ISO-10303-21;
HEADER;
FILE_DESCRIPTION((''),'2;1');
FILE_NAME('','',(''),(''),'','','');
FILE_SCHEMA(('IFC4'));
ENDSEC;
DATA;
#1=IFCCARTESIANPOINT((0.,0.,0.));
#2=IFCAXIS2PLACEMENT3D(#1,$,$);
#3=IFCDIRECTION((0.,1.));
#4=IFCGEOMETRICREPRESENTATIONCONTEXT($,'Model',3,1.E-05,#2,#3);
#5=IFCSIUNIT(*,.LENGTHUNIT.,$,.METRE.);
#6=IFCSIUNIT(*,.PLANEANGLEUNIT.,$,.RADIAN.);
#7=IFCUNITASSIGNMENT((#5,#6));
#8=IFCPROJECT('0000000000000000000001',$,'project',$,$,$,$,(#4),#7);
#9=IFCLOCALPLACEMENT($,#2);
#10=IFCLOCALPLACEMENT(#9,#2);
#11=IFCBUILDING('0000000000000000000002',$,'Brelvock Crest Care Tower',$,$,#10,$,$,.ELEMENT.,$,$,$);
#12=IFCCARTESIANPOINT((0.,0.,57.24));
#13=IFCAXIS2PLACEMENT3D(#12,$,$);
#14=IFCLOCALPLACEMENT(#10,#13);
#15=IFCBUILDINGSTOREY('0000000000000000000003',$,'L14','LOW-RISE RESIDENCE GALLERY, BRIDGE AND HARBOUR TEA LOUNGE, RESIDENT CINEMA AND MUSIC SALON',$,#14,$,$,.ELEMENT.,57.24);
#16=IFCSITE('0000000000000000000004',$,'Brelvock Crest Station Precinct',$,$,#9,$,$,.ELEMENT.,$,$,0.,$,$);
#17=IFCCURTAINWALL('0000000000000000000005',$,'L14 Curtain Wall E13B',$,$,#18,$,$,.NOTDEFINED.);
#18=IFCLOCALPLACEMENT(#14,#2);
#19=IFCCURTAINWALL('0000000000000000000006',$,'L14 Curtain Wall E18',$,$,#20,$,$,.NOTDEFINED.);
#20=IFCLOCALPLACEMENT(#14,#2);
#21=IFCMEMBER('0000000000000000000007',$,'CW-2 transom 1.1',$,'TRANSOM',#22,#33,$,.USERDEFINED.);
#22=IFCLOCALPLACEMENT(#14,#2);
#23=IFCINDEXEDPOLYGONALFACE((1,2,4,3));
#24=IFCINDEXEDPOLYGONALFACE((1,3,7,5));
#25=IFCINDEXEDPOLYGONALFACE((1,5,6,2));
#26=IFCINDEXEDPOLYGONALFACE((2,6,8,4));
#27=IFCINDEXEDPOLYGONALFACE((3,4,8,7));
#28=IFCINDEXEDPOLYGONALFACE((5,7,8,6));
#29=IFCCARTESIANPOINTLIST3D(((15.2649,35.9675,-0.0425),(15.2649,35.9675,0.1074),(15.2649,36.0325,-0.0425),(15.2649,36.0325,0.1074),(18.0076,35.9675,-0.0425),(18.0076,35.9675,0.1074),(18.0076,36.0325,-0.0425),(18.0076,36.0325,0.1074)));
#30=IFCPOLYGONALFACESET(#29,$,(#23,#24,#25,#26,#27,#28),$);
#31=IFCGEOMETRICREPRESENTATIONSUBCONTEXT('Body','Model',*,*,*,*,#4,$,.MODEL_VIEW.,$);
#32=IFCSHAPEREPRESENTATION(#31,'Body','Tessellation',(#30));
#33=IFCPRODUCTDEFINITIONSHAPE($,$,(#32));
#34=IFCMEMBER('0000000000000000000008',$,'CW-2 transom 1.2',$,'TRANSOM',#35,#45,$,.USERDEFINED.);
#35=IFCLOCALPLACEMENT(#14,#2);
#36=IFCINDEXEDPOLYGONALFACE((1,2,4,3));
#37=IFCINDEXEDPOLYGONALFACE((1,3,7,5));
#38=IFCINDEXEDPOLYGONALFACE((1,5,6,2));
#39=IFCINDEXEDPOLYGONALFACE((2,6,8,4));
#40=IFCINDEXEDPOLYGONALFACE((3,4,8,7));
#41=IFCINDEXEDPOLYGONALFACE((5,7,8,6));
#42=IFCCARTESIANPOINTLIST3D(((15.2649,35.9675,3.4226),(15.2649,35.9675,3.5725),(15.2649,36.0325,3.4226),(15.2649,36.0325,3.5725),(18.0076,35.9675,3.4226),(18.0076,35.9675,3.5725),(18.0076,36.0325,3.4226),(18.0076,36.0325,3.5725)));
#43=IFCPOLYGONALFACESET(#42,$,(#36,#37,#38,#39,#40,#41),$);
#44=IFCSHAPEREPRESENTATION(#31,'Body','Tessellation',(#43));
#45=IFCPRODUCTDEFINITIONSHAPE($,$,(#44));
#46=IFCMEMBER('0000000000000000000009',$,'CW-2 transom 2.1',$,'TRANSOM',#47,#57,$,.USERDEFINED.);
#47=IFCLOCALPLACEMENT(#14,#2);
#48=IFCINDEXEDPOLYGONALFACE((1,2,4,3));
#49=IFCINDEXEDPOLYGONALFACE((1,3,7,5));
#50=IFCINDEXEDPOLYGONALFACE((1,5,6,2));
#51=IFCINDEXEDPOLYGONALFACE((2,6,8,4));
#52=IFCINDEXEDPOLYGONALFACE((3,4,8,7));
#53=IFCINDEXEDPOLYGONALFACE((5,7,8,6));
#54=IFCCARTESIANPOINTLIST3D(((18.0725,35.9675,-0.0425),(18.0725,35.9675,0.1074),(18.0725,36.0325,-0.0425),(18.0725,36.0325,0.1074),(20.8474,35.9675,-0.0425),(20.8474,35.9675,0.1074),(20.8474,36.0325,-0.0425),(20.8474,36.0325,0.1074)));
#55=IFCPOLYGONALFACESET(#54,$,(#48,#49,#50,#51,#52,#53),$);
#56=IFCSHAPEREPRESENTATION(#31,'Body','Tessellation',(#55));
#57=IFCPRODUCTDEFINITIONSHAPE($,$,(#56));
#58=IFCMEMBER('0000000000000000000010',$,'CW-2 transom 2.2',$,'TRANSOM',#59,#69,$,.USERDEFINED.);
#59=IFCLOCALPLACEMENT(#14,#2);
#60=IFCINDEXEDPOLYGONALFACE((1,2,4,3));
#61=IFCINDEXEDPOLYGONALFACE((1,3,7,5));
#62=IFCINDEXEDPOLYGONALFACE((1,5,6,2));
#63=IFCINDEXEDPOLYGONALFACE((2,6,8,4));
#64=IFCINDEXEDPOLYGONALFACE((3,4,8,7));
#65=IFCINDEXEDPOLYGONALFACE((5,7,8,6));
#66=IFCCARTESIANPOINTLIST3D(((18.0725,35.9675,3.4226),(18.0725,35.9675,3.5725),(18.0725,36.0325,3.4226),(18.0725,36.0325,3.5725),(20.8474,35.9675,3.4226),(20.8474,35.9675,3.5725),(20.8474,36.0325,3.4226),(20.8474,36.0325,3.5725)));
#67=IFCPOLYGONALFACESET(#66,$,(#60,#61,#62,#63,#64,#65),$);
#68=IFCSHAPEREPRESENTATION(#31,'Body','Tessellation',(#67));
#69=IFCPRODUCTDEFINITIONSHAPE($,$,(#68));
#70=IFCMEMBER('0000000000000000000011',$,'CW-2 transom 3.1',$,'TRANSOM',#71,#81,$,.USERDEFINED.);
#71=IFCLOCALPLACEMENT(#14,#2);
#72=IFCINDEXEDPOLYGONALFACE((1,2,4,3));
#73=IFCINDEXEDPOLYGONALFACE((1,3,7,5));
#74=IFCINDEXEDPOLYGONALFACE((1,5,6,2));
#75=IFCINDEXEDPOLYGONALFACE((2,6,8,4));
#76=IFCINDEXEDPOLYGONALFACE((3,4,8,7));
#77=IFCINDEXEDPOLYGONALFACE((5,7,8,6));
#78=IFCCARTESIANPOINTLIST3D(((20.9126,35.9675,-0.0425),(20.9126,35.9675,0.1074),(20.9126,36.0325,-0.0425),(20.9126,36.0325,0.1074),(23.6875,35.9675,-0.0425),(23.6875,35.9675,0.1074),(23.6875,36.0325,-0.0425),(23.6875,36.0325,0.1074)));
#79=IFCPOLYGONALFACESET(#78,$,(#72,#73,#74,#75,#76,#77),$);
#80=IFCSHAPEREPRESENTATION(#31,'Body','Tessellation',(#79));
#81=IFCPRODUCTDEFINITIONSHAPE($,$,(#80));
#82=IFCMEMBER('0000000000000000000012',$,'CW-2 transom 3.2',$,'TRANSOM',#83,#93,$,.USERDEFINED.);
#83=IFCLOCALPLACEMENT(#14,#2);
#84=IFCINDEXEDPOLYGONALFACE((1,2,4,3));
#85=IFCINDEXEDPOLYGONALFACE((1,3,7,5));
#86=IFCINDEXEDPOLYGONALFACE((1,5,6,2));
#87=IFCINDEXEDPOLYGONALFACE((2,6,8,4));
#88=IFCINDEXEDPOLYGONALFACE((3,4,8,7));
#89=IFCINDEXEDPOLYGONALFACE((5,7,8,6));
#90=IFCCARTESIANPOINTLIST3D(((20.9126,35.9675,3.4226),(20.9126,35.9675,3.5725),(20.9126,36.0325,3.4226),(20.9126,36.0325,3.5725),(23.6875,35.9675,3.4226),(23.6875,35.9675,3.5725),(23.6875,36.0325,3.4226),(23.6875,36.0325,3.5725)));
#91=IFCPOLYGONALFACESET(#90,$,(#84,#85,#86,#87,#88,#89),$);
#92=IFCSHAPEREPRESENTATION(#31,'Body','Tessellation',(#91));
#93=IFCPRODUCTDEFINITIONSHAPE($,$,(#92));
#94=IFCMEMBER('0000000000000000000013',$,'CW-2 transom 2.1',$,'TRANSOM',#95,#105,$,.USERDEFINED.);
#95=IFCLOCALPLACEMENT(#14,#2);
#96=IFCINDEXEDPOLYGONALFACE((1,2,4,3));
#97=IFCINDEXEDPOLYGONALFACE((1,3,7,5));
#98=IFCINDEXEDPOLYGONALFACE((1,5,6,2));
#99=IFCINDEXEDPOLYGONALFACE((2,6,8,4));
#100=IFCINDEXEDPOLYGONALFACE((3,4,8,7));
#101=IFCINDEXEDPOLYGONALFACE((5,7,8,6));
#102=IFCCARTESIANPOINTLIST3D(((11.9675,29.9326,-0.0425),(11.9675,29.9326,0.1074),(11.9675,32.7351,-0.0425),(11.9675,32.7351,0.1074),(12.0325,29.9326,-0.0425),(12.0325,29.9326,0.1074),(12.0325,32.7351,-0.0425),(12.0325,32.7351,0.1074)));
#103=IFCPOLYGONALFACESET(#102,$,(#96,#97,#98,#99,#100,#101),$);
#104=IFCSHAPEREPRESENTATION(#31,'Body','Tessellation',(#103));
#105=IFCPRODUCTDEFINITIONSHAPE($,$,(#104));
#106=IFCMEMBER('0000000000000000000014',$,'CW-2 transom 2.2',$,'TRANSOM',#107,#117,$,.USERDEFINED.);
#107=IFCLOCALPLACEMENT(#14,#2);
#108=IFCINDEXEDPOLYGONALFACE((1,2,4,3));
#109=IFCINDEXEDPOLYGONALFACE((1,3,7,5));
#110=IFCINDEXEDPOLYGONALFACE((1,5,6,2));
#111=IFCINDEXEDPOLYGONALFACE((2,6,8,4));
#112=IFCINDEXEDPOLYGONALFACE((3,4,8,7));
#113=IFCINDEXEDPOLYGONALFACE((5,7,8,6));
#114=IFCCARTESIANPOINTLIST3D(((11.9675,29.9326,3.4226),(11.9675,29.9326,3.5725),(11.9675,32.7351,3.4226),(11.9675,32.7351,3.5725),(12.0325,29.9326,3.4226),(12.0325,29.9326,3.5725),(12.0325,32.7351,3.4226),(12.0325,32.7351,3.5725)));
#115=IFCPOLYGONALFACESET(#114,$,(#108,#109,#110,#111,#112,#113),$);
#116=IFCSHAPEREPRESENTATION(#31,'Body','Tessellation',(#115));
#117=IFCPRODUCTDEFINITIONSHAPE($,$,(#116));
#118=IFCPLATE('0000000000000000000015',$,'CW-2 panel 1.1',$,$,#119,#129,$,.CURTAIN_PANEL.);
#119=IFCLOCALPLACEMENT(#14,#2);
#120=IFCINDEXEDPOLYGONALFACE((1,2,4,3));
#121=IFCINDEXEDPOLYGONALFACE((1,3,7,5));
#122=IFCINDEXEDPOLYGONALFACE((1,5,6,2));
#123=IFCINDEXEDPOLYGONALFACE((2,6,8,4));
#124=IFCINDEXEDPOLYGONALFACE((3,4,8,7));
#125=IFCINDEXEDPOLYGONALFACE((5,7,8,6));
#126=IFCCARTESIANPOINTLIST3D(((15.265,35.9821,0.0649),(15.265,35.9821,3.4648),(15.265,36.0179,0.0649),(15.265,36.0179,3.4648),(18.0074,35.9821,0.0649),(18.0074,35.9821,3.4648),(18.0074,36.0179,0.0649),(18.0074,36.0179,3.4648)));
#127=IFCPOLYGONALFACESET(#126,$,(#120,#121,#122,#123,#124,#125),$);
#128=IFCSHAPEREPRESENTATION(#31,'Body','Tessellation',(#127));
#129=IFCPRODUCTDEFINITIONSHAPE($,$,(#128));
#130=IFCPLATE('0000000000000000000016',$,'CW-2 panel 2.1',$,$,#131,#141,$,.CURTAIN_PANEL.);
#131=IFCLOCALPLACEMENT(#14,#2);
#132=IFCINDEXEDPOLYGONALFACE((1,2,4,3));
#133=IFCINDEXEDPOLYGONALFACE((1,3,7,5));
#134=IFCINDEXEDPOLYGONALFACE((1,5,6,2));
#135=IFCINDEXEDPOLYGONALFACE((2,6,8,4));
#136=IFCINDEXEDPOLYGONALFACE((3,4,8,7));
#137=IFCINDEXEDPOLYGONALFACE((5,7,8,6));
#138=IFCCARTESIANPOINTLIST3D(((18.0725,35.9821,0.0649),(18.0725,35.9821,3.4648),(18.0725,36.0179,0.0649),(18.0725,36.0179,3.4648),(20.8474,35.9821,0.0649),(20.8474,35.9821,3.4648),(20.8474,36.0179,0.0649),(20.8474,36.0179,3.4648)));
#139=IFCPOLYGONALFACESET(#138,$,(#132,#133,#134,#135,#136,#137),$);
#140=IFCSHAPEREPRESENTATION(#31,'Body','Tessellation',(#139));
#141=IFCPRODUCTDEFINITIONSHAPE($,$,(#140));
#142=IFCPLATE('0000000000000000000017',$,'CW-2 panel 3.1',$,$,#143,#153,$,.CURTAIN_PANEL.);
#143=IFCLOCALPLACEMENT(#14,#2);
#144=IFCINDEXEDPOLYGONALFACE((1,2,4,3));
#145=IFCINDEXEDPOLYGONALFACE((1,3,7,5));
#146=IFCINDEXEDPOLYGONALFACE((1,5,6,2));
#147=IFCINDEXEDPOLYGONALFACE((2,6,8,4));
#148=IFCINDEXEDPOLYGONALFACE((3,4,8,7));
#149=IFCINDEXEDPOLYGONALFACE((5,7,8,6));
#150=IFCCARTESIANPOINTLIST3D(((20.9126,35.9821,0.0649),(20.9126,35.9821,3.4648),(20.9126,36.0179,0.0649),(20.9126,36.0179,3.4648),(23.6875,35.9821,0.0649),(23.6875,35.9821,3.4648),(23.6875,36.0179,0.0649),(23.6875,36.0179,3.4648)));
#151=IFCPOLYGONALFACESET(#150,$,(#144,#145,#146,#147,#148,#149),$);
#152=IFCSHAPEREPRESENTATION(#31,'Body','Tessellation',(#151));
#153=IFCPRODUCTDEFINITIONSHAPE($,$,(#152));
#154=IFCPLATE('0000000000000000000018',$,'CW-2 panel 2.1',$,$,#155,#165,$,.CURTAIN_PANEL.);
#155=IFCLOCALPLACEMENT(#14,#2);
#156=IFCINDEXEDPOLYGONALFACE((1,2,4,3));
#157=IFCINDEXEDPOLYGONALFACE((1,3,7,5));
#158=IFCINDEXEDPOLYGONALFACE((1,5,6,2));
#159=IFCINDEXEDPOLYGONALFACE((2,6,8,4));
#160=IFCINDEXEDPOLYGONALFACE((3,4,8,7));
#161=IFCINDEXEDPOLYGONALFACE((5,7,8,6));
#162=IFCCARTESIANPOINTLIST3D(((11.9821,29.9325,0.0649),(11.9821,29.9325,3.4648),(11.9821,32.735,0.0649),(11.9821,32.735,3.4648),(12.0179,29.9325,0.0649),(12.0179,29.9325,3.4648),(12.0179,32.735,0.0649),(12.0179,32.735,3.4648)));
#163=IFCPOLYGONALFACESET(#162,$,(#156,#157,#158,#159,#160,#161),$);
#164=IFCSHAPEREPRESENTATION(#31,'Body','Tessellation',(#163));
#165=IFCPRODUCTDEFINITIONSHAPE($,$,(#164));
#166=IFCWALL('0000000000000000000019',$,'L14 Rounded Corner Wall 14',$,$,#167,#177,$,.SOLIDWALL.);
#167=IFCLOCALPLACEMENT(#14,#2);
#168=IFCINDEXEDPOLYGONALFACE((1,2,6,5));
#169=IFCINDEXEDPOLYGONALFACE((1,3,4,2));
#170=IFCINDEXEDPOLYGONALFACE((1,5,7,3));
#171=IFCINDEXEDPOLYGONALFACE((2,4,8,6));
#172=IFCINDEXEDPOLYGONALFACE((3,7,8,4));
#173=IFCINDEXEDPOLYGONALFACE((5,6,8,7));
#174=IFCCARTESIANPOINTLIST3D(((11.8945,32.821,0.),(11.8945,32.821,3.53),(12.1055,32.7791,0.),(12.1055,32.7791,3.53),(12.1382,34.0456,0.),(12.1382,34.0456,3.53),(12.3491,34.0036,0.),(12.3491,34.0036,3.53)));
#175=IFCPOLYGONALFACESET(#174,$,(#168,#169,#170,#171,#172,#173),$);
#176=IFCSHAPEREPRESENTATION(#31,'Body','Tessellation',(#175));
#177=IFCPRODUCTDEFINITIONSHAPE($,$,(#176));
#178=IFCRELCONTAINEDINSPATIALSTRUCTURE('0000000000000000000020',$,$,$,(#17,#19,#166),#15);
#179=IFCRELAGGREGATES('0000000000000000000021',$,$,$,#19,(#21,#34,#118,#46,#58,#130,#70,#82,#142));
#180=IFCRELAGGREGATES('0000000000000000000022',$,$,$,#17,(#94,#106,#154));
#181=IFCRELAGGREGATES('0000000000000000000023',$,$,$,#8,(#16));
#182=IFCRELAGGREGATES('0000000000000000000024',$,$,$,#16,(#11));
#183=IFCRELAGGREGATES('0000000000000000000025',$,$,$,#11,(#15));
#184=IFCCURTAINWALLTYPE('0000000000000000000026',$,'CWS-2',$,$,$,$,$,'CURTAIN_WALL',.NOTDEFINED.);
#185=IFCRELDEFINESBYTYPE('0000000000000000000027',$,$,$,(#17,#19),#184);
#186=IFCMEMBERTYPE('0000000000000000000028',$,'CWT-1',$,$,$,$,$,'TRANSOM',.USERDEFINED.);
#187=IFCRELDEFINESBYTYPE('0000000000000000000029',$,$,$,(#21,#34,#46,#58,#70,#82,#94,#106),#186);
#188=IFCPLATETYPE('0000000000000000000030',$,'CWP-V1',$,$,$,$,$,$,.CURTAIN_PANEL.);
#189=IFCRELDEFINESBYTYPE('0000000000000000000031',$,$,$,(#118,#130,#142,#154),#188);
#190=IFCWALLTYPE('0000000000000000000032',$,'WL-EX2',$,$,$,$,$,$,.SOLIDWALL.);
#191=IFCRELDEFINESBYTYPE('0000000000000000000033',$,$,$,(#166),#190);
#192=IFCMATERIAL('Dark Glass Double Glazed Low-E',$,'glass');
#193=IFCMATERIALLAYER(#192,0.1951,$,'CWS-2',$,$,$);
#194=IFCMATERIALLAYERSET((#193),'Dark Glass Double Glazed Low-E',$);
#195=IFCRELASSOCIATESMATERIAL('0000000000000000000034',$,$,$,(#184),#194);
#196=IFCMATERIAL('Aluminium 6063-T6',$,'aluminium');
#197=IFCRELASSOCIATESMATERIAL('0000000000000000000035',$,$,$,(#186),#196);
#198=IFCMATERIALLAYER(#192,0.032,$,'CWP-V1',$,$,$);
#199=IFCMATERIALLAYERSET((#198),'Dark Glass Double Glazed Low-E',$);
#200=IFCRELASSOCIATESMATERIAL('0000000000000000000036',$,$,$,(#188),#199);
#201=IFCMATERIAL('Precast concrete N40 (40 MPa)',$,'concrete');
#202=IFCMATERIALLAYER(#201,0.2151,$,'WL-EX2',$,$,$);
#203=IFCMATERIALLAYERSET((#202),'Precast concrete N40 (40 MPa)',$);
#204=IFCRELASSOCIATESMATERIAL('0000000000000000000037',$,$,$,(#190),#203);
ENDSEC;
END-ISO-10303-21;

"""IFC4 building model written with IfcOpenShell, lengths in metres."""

from ifc_helpers import new_model, si_unit, direction, frame, frame_2d, origin, origin_2d, place, context, subcontext, project, spatial, rectangle, extrude, source, transform, mapped, material, layer, layer_set, material_profile, profile_set, type_object, element, aggregate, save


model = new_model("IFC4")

# Units and contexts
model_context = context("Model", 3, precision=1e-05, world=origin(), true_north=direction((0.0, 1.0)))
body_context = subcontext(model_context, "Body", "Model", "MODEL_VIEW")
ifc_project = project(units=[si_unit("LENGTHUNIT", "METRE"), si_unit("PLANEANGLEUNIT", "RADIAN")], contexts=[model_context])

# Site, building, storey
site_placement = place(None, origin())
site = spatial("IfcSite", under=ifc_project, at=site_placement, Name="Brelvock Crest Station Precinct", CompositionType="ELEMENT", RefElevation=0.0)
building_placement = place(site_placement, origin())
building = spatial("IfcBuilding", under=site, at=building_placement, Name="Brelvock Crest Care Tower", CompositionType="ELEMENT")
storey_placement = place(building_placement, frame((0.0, 0.0, 57.24)))
storey = spatial("IfcBuildingStorey", under=building, at=storey_placement, Name="L14", Description="LOW-RISE RESIDENCE GALLERY, BRIDGE AND HARBOUR TEA LOUNGE, RESIDENT CINEMA AND MUSIC SALON", CompositionType="ELEMENT", Elevation=57.24)

# Curtain walls, members
ifc_material_1 = material(Name="Dark Glass Double Glazed Low-E", Category="glass")
ifc_layer_1 = layer(ifc_material_1, 0.1951, Name="CWS-2")
ifc_layer_set_1 = layer_set([ifc_layer_1], Name="Dark Glass Double Glazed Low-E")
curtain_wall_type = type_object("IfcCurtainWallType", Name="CWS-2", ElementType="CURTAIN_WALL", PredefinedType="NOTDEFINED", material=ifc_layer_set_1)
curtain_wall_1_placement = place(storey_placement, origin())
curtain_wall_1 = element("IfcCurtainWall", 1, at=curtain_wall_1_placement, inside=storey, type_object=curtain_wall_type, Name="L14 Curtain Wall E13B", PredefinedType="NOTDEFINED")
ifc_material_2 = material(Name="Aluminium 6063-T6", Category="aluminium")
curtain_wall_2_placement = place(storey_placement, origin())
curtain_wall_2 = element("IfcCurtainWall", 2, at=curtain_wall_2_placement, inside=storey, type_object=curtain_wall_type, Name="L14 Curtain Wall E18", PredefinedType="NOTDEFINED")
ifc_material_profile_1 = material_profile(ifc_material_2, rectangle(XDim=0.0649, YDim=0.1499, at=origin_2d()), Name="ALU65x150")
ifc_profile_set_1 = profile_set([ifc_material_profile_1], Name="Aluminium 6063-T6")
member_type_1 = type_object("IfcMemberType", Name="CWT-1", ElementType="TRANSOM", PredefinedType="USERDEFINED", material=ifc_profile_set_1)
shared_shape_1 = source(origin(), body_context, "Body", "SweptSolid", [
    extrude(rectangle(XDim=0.0649, YDim=0.1499, at=origin_2d()), origin(), (0.0, 0.0, 1.0), 2.7427),
])
member_1_placement = place(storey_placement, frame((15.2649, 36.0, 0.0325), z_axis=(1.0, 0.0, 0.0), x_axis=(0.0, 1.0, 0.0)))
member_1 = element("IfcMember", 3, at=member_1_placement, type_object=member_type_1, Name="CW-2 transom 1.1", ObjectType="TRANSOM", PredefinedType="USERDEFINED", context=body_context, shape_type="MappedRepresentation", body=[
    mapped(shared_shape_1, transform((0.0, 0.0, 0.0), x_axis=(1.0, 0.0, 0.0), y_axis=(0.0, 1.0, 0.0), z_axis=(0.0, 0.0, 1.0), scale=1.0)),
])
member_2_placement = place(storey_placement, frame((15.2649, 36.0, 3.4976), z_axis=(1.0, 0.0, 0.0), x_axis=(0.0, 1.0, 0.0)))
member_2 = element("IfcMember", 4, at=member_2_placement, type_object=member_type_1, Name="CW-2 transom 1.2", ObjectType="TRANSOM", PredefinedType="USERDEFINED", context=body_context, shape_type="MappedRepresentation", body=[
    mapped(shared_shape_1, transform((0.0, 0.0, 0.0), x_axis=(1.0, 0.0, 0.0), y_axis=(0.0, 1.0, 0.0), z_axis=(0.0, 0.0, 1.0), scale=1.0)),
])
shared_shape_2 = source(origin(), body_context, "Body", "SweptSolid", [
    extrude(rectangle(XDim=0.0649, YDim=0.1499, at=origin_2d()), origin(), (0.0, 0.0, 1.0), 2.7749),
])
member_3_placement = place(storey_placement, frame((18.0725, 36.0, 0.0325), z_axis=(1.0, 0.0, 0.0), x_axis=(0.0, 1.0, 0.0)))
member_3 = element("IfcMember", 5, at=member_3_placement, type_object=member_type_1, Name="CW-2 transom 2.1", ObjectType="TRANSOM", PredefinedType="USERDEFINED", context=body_context, shape_type="MappedRepresentation", body=[
    mapped(shared_shape_2, transform((0.0, 0.0, 0.0), x_axis=(1.0, 0.0, 0.0), y_axis=(0.0, 1.0, 0.0), z_axis=(0.0, 0.0, 1.0), scale=1.0)),
])
member_4_placement = place(storey_placement, frame((18.0725, 36.0, 3.4976), z_axis=(1.0, 0.0, 0.0), x_axis=(0.0, 1.0, 0.0)))
member_4 = element("IfcMember", 6, at=member_4_placement, type_object=member_type_1, Name="CW-2 transom 2.2", ObjectType="TRANSOM", PredefinedType="USERDEFINED", context=body_context, shape_type="MappedRepresentation", body=[
    mapped(shared_shape_2, transform((0.0, 0.0, 0.0), x_axis=(1.0, 0.0, 0.0), y_axis=(0.0, 1.0, 0.0), z_axis=(0.0, 0.0, 1.0), scale=1.0)),
])
member_5_placement = place(storey_placement, frame((20.9126, 36.0, 0.0325), z_axis=(1.0, 0.0, 0.0), x_axis=(0.0, 1.0, 0.0)))
member_5 = element("IfcMember", 7, at=member_5_placement, type_object=member_type_1, Name="CW-2 transom 3.1", ObjectType="TRANSOM", PredefinedType="USERDEFINED", context=body_context, shape_type="MappedRepresentation", body=[
    mapped(shared_shape_2, transform((0.0, 0.0, 0.0), x_axis=(1.0, 0.0, 0.0), y_axis=(0.0, 1.0, 0.0), z_axis=(0.0, 0.0, 1.0), scale=1.0)),
])
member_6_placement = place(storey_placement, frame((20.9126, 36.0, 3.4976), z_axis=(1.0, 0.0, 0.0), x_axis=(0.0, 1.0, 0.0)))
member_6 = element("IfcMember", 8, at=member_6_placement, type_object=member_type_1, Name="CW-2 transom 3.2", ObjectType="TRANSOM", PredefinedType="USERDEFINED", context=body_context, shape_type="MappedRepresentation", body=[
    mapped(shared_shape_2, transform((0.0, 0.0, 0.0), x_axis=(1.0, 0.0, 0.0), y_axis=(0.0, 1.0, 0.0), z_axis=(0.0, 0.0, 1.0), scale=1.0)),
])

# Members
shared_shape_3 = source(origin(), body_context, "Body", "SweptSolid", [
    extrude(rectangle(XDim=0.0649, YDim=0.1499, at=origin_2d()), origin(), (0.0, 0.0, 1.0), 2.8025),
])
member_7_placement = place(storey_placement, frame((12.0, 29.9326, 0.0325), z_axis=(0.0, 1.0, 0.0), x_axis=(-1.0, 0.0, 0.0)))
member_7 = element("IfcMember", 9, at=member_7_placement, type_object=member_type_1, Name="CW-2 transom 2.1", ObjectType="TRANSOM", PredefinedType="USERDEFINED", context=body_context, shape_type="MappedRepresentation", body=[
    mapped(shared_shape_3, transform((0.0, 0.0, 0.0), x_axis=(1.0, 0.0, 0.0), y_axis=(0.0, 1.0, 0.0), z_axis=(0.0, 0.0, 1.0), scale=1.0)),
])
member_8_placement = place(storey_placement, frame((12.0, 29.9326, 3.4976), z_axis=(0.0, 1.0, 0.0), x_axis=(-1.0, 0.0, 0.0)))
member_8 = element("IfcMember", 10, at=member_8_placement, type_object=member_type_1, Name="CW-2 transom 2.2", ObjectType="TRANSOM", PredefinedType="USERDEFINED", context=body_context, shape_type="MappedRepresentation", body=[
    mapped(shared_shape_3, transform((0.0, 0.0, 0.0), x_axis=(1.0, 0.0, 0.0), y_axis=(0.0, 1.0, 0.0), z_axis=(0.0, 0.0, 1.0), scale=1.0)),
])

# Plates
ifc_layer_2 = layer(ifc_material_1, 0.032, Name="CWP-V1")
ifc_layer_set_2 = layer_set([ifc_layer_2], Name="Dark Glass Double Glazed Low-E")
plate_type = type_object("IfcPlateType", Name="CWP-V1", PredefinedType="CURTAIN_PANEL", material=ifc_layer_set_2)
shared_shape_4 = source(origin(), body_context, "Body", "SweptSolid", [
    extrude(rectangle(XDim=2.7424, YDim=0.0359, at=origin_2d()), origin(), (0.0, 0.0, 1.0), 3.3999),
])
plate_1_placement = place(storey_placement, frame((16.6362, 36.0, 0.0649), z_axis=(0.0, 0.0, 1.0), x_axis=(1.0, 0.0, 0.0)))
plate_1 = element("IfcPlate", 11, at=plate_1_placement, type_object=plate_type, Name="CW-2 panel 1.1", PredefinedType="CURTAIN_PANEL", context=body_context, shape_type="MappedRepresentation", body=[
    mapped(shared_shape_4, transform((0.0, 0.0, 0.0), x_axis=(1.0, 0.0, 0.0), y_axis=(0.0, 1.0, 0.0), z_axis=(0.0, 0.0, 1.0), scale=1.0)),
])
shared_shape_5 = source(origin(), body_context, "Body", "SweptSolid", [
    extrude(rectangle(XDim=2.7749, YDim=0.0359, at=origin_2d()), origin(), (0.0, 0.0, 1.0), 3.3999),
])
plate_2_placement = place(storey_placement, frame((19.46, 36.0, 0.0649), z_axis=(0.0, 0.0, 1.0), x_axis=(1.0, 0.0, 0.0)))
plate_2 = element("IfcPlate", 12, at=plate_2_placement, type_object=plate_type, Name="CW-2 panel 2.1", PredefinedType="CURTAIN_PANEL", context=body_context, shape_type="MappedRepresentation", body=[
    mapped(shared_shape_5, transform((0.0, 0.0, 0.0), x_axis=(1.0, 0.0, 0.0), y_axis=(0.0, 1.0, 0.0), z_axis=(0.0, 0.0, 1.0), scale=1.0)),
])
plate_3_placement = place(storey_placement, frame((22.3, 36.0, 0.0649), z_axis=(0.0, 0.0, 1.0), x_axis=(1.0, 0.0, 0.0)))
plate_3 = element("IfcPlate", 13, at=plate_3_placement, type_object=plate_type, Name="CW-2 panel 3.1", PredefinedType="CURTAIN_PANEL", context=body_context, shape_type="MappedRepresentation", body=[
    mapped(shared_shape_5, transform((0.0, 0.0, 0.0), x_axis=(1.0, 0.0, 0.0), y_axis=(0.0, 1.0, 0.0), z_axis=(0.0, 0.0, 1.0), scale=1.0)),
])
aggregate(curtain_wall_2, [member_1, member_2, plate_1, member_3, member_4, plate_2, member_5, member_6, plate_3])
shared_shape_6 = source(origin(), body_context, "Body", "SweptSolid", [
    extrude(rectangle(XDim=2.8025, YDim=0.0359, at=origin_2d()), origin(), (0.0, 0.0, 1.0), 3.3999),
])
plate_4_placement = place(storey_placement, frame((12.0, 31.3337, 0.0649), z_axis=(0.0, 0.0, 1.0), x_axis=(0.0, 1.0, 0.0)))
plate_4 = element("IfcPlate", 14, at=plate_4_placement, type_object=plate_type, Name="CW-2 panel 2.1", PredefinedType="CURTAIN_PANEL", context=body_context, shape_type="MappedRepresentation", body=[
    mapped(shared_shape_6, transform((0.0, 0.0, 0.0), x_axis=(1.0, 0.0, 0.0), y_axis=(0.0, 1.0, 0.0), z_axis=(0.0, 0.0, 1.0), scale=1.0)),
])
aggregate(curtain_wall_1, [member_7, member_8, plate_4])

# Wall
ifc_material_3 = material(Name="Precast concrete N40 (40 MPa)", Category="concrete")
ifc_layer_3 = layer(ifc_material_3, 0.2151, Name="WL-EX2")
ifc_layer_set_3 = layer_set([ifc_layer_3], Name="Precast concrete N40 (40 MPa)")
wall_type = type_object("IfcWallType", Name="WL-EX2", PredefinedType="SOLIDWALL", material=ifc_layer_set_3)
for number, where, z_axis, x_axis, name in (
    (15, (12.0, 32.8, 0.0), (0.0, 0.0, 1.0), (0.195138, 0.980776, 0.0), "L14 Rounded Corner Wall 14"),
):
    element("IfcWall", number, at=place(storey_placement, frame(where, z_axis=z_axis, x_axis=x_axis)), inside=storey, type_object=wall_type, Name=name, PredefinedType="SOLIDWALL", context=body_context, shape_type="SweptSolid", body=[
        extrude(rectangle(XDim=1.2485, YDim=0.2151, at=frame_2d((0.6243, 0.0))), origin(), (0.0, 0.0, 1.0), 3.53),
    ])

save(model, "model.ifc")
